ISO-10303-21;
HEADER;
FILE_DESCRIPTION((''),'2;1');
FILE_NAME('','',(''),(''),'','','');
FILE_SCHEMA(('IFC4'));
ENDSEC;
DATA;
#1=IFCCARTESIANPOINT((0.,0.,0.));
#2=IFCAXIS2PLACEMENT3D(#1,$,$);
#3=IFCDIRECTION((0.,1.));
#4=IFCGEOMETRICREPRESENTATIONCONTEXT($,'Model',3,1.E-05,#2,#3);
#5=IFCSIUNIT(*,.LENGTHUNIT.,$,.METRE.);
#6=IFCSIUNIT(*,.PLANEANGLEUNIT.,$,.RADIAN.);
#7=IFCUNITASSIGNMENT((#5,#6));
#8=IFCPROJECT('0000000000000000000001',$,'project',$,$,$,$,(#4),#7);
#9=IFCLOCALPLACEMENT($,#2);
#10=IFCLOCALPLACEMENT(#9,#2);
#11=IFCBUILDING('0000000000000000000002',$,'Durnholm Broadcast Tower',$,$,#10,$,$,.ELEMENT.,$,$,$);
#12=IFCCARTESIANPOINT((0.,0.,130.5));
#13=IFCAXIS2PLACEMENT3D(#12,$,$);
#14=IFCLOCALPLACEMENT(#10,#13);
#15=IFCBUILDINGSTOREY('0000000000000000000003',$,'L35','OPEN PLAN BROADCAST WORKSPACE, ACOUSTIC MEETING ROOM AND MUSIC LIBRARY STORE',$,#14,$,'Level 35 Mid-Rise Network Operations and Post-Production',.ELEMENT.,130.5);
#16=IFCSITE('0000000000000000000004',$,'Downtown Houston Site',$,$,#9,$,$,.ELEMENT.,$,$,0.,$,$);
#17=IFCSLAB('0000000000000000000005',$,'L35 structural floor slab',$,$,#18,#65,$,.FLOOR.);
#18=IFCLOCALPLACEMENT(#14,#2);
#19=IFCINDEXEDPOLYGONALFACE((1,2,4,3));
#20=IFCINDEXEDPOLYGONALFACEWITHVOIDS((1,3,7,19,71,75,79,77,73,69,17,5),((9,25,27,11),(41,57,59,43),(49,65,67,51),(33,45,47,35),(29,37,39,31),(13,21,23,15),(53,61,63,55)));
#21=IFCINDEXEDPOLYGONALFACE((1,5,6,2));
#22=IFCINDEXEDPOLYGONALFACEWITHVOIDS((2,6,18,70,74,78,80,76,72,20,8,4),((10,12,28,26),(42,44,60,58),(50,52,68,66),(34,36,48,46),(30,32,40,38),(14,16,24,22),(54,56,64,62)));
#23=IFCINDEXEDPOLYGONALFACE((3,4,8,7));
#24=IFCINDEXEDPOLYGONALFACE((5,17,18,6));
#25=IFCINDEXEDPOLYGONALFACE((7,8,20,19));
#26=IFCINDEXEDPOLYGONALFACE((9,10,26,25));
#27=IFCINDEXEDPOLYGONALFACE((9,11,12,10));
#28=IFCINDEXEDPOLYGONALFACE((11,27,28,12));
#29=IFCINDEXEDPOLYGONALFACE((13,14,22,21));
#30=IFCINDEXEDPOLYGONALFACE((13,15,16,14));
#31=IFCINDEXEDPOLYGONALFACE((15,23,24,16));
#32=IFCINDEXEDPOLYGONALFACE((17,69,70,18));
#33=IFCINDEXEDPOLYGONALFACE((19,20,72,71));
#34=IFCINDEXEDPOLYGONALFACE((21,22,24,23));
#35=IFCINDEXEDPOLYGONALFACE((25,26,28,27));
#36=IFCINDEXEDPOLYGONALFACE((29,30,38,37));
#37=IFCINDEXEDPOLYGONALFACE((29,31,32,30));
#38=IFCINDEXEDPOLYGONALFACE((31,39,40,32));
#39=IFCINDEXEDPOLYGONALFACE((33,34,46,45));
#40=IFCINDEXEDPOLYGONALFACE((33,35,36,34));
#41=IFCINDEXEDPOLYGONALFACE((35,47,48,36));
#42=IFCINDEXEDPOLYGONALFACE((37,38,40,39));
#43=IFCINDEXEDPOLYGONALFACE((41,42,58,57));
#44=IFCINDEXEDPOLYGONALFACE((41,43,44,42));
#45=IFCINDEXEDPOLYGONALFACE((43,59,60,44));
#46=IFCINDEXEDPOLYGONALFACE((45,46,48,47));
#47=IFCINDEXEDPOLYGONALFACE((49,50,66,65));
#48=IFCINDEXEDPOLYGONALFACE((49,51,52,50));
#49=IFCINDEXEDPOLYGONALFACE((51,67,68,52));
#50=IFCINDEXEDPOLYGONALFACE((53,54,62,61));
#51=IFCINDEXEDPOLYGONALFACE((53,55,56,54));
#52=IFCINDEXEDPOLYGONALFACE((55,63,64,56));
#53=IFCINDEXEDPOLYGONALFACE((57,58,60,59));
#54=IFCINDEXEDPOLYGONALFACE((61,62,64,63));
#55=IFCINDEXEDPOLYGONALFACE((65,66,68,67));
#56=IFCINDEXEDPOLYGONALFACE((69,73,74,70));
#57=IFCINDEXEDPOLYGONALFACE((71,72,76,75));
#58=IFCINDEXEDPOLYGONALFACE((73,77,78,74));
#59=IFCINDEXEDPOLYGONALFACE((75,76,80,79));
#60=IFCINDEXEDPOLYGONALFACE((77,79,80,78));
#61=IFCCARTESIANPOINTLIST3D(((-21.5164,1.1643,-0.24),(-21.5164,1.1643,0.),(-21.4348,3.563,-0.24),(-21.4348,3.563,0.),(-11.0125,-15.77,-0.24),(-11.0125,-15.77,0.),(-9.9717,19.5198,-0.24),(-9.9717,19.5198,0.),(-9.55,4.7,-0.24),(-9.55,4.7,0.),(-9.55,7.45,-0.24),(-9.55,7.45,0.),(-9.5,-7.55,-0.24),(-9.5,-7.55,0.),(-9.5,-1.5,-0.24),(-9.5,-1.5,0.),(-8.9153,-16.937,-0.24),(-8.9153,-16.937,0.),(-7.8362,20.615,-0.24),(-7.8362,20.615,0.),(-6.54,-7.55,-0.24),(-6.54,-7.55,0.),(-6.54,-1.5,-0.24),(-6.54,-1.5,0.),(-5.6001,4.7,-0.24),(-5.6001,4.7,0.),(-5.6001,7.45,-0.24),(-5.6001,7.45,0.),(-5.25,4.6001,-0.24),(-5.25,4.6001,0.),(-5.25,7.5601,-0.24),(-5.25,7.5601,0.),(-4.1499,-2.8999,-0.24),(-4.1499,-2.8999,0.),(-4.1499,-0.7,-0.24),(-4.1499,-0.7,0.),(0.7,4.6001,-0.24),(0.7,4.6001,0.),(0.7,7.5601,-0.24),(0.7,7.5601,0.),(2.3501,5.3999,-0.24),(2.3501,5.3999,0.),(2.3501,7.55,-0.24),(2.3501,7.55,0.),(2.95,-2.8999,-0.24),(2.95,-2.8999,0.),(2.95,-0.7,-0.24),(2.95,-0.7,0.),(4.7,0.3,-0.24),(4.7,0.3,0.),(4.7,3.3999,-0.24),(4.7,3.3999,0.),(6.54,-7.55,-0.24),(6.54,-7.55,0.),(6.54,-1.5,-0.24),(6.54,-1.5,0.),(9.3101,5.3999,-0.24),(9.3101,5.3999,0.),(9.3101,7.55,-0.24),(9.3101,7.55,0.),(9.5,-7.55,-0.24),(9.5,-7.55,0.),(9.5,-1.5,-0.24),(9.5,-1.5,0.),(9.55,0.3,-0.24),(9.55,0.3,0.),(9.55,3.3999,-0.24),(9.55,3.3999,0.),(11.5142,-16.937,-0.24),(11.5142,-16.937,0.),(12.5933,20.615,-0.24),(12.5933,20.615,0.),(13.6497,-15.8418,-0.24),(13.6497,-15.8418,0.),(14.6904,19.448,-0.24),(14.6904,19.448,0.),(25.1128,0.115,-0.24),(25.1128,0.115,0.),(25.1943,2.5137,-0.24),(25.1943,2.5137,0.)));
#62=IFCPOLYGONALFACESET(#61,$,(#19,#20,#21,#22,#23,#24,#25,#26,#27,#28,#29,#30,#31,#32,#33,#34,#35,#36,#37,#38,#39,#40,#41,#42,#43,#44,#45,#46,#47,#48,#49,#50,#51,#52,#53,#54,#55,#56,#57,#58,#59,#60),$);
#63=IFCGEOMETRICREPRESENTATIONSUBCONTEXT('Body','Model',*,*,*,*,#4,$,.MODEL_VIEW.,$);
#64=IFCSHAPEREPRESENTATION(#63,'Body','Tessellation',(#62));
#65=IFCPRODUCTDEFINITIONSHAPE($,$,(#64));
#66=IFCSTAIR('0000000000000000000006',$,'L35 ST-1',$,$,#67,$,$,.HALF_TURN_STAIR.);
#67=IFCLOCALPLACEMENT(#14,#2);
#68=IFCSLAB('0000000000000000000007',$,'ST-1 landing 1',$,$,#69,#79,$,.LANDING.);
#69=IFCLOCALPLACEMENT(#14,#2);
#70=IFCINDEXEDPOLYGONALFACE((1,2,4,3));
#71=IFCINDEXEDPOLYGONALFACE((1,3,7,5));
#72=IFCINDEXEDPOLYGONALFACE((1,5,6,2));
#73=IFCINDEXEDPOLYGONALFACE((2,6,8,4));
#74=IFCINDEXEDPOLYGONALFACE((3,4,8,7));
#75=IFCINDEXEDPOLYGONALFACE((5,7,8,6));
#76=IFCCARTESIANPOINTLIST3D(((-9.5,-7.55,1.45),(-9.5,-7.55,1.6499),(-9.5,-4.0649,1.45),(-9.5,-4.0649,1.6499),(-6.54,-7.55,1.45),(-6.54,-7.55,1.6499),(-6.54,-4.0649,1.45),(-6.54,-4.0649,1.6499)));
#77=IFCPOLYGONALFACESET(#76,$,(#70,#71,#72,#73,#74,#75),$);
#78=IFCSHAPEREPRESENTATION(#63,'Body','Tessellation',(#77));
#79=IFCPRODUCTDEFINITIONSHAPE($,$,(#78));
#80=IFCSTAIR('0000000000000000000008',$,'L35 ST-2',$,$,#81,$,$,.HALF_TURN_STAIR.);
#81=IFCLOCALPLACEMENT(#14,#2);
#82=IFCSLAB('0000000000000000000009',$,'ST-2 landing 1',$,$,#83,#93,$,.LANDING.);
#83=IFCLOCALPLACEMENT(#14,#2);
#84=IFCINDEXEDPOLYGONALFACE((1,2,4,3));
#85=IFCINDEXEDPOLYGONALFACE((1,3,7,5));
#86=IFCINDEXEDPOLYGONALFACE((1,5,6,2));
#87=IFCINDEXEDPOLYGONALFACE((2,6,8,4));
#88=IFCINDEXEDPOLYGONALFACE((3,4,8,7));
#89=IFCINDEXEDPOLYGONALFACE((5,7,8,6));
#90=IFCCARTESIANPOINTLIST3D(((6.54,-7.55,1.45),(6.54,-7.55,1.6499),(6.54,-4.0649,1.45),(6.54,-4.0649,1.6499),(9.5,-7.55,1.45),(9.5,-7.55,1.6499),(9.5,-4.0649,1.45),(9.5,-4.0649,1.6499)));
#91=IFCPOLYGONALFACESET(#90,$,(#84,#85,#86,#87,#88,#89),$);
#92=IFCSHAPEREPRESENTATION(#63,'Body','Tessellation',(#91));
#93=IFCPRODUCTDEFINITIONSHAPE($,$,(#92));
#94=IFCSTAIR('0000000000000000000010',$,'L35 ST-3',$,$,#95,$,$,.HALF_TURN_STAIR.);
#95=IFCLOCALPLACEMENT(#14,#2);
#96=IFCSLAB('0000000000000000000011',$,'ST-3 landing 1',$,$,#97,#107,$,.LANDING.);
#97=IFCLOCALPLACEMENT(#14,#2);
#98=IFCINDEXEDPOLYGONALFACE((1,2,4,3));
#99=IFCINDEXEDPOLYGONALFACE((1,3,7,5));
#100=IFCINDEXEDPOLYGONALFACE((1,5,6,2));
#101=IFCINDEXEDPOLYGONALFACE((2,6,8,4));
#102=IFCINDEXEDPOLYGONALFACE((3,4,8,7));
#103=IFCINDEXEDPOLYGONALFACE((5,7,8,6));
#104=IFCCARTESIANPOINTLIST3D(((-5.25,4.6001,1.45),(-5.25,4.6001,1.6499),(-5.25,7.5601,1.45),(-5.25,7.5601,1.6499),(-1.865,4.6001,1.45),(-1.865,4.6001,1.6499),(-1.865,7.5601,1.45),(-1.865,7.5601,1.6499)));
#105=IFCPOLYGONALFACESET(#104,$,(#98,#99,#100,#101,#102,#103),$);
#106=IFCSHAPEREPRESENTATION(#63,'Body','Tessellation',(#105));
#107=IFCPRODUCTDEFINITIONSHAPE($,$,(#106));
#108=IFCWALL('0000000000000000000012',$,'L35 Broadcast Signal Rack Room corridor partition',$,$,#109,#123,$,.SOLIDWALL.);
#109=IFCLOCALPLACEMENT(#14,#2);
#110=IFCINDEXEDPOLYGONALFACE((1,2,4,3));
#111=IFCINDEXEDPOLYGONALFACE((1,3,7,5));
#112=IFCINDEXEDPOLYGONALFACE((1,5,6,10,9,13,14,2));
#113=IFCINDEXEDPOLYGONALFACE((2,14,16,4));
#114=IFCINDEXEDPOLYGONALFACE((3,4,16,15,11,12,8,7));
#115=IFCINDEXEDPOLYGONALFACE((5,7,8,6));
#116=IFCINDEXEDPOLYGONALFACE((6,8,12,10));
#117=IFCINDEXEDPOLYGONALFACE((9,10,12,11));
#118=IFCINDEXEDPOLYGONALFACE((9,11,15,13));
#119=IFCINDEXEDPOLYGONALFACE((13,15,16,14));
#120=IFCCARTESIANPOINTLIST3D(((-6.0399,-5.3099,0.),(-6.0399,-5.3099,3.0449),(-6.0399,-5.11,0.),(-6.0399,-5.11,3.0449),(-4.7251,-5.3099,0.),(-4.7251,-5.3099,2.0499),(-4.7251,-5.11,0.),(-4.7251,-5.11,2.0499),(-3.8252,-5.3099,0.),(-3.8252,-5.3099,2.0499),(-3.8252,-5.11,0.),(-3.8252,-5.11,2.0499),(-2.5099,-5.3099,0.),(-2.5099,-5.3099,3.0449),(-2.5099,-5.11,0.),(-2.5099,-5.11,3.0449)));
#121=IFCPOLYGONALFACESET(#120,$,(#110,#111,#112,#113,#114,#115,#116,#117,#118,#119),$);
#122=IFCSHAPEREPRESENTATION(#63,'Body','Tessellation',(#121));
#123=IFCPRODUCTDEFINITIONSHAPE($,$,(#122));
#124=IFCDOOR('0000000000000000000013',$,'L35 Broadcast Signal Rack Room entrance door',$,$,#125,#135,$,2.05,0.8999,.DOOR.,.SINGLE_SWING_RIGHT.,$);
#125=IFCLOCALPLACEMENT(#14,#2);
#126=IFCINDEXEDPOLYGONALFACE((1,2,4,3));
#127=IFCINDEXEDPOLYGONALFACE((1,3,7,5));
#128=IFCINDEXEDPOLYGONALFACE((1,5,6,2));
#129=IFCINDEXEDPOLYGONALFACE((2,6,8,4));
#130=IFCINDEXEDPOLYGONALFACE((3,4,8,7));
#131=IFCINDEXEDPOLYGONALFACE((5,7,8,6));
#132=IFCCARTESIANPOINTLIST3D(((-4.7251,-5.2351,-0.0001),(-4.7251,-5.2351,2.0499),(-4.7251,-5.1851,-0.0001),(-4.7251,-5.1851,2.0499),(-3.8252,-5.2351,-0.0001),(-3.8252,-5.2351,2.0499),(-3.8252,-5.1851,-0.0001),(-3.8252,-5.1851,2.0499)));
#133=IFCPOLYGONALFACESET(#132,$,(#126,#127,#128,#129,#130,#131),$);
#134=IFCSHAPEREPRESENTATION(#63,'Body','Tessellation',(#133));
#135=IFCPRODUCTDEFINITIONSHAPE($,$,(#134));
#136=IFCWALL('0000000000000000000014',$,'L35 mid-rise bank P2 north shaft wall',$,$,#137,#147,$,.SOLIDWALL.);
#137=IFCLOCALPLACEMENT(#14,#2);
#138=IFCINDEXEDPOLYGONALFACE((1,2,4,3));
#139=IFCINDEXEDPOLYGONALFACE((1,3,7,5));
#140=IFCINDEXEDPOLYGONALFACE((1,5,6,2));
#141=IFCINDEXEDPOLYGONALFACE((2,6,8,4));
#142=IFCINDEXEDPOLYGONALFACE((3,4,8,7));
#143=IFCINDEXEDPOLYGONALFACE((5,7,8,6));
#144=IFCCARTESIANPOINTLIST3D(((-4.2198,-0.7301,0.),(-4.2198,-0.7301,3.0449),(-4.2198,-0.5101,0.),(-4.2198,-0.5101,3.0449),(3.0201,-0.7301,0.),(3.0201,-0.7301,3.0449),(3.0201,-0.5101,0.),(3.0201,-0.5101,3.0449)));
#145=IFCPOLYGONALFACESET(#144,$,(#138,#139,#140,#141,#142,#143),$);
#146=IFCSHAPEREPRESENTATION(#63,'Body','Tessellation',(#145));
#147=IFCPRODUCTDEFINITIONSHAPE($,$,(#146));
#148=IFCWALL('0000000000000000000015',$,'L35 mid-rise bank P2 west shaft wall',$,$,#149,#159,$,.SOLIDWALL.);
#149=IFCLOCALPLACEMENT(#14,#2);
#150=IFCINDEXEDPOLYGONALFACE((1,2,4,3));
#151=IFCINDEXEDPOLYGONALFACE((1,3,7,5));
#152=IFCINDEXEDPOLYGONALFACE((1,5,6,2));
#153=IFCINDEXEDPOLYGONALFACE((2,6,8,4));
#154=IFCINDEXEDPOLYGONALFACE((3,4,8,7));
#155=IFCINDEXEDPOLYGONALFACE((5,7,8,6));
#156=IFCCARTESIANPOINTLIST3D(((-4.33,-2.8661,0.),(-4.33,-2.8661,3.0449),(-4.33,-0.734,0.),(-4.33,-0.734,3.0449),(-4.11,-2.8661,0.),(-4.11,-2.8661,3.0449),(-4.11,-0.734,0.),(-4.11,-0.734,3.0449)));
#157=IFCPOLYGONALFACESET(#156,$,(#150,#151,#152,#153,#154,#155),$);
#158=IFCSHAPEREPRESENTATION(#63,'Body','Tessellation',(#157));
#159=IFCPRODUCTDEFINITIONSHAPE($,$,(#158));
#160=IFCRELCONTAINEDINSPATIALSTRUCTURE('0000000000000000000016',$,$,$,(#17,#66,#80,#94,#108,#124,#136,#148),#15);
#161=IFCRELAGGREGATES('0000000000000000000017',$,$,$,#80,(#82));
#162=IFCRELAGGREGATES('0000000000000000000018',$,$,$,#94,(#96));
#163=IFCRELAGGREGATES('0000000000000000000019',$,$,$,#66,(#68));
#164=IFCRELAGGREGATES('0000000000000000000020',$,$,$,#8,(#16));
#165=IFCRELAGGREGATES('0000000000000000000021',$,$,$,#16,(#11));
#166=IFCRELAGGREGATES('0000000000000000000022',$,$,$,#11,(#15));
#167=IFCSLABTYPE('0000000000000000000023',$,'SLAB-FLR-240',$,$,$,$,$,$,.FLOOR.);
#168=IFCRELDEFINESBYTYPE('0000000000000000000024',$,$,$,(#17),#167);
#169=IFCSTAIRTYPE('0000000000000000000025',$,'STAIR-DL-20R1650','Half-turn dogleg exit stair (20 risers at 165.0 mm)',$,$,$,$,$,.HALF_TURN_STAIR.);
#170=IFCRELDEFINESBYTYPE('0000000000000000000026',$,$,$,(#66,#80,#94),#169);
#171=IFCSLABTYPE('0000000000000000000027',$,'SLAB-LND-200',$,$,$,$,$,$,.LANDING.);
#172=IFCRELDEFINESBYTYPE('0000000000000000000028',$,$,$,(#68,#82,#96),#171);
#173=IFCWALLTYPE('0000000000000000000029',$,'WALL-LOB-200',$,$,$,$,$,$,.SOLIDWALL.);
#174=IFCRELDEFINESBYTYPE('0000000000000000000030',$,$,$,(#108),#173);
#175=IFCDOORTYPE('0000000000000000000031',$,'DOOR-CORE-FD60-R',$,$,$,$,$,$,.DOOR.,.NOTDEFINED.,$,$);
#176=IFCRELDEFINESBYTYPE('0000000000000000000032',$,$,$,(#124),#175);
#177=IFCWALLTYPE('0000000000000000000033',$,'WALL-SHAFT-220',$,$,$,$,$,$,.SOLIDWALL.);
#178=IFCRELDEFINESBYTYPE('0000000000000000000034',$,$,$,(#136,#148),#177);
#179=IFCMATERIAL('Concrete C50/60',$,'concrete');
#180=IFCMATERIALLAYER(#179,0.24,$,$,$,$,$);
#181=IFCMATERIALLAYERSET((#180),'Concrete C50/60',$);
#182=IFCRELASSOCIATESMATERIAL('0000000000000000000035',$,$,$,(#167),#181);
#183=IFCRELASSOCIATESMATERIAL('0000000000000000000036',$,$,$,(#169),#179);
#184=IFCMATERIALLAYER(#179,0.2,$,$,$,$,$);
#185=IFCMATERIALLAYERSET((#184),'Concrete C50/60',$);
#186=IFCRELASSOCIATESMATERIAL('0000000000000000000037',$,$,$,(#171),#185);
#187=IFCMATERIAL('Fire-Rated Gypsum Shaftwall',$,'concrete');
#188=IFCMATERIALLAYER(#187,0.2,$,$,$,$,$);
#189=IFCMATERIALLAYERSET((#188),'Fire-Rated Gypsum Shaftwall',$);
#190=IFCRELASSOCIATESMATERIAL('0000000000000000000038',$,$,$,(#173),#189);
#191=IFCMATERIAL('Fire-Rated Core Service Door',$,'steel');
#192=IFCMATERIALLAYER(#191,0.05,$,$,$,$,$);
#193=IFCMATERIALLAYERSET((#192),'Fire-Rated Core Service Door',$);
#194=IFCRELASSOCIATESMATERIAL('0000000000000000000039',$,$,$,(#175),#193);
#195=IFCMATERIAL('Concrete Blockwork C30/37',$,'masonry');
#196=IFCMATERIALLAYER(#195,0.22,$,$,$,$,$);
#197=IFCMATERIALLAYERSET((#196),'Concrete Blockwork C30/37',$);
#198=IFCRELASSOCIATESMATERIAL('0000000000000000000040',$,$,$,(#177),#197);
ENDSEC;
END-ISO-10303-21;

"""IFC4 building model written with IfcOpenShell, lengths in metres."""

from ifc_helpers import new_model, si_unit, direction, frame, frame_2d, origin, place, context, subcontext, project, spatial, polyline, rectangle, outline, extrude, source, transform, mapped, material, layer, layer_set, type_object, type_shapes, element, fill, aggregate, save


model = new_model("IFC4")

# Units and contexts
model_context = context("Model", 3, precision=1e-05, world=origin(), true_north=direction((0.0, 1.0)))
body_context = subcontext(model_context, "Body", "Model", "MODEL_VIEW")
ifc_project = project(units=[si_unit("LENGTHUNIT", "METRE"), si_unit("PLANEANGLEUNIT", "RADIAN")], contexts=[model_context])

# Site, building, storey
site_placement = place(None, origin())
site = spatial("IfcSite", under=ifc_project, at=site_placement, Name="Downtown Houston Site", CompositionType="ELEMENT", RefElevation=0.0)
building_placement = place(site_placement, origin())
building = spatial("IfcBuilding", under=site, at=building_placement, Name="Durnholm Broadcast Tower", CompositionType="ELEMENT")
storey_placement = place(building_placement, frame((0.0, 0.0, 130.5)))
storey = spatial("IfcBuildingStorey", under=building, at=storey_placement, Name="L35", Description="OPEN PLAN BROADCAST WORKSPACE, ACOUSTIC MEETING ROOM AND MUSIC LIBRARY STORE", LongName="Level 35 Mid-Rise Network Operations and Post-Production", CompositionType="ELEMENT", Elevation=130.5)

# Slab
ifc_material_1 = material(Name="Concrete C50/60", Category="concrete")
ifc_layer_1 = layer(ifc_material_1, 0.24)
ifc_layer_set_1 = layer_set([ifc_layer_1], Name="Concrete C50/60")
slab_type_1 = type_object("IfcSlabType", Name="SLAB-FLR-240", PredefinedType="FLOOR", material=ifc_layer_set_1)
slab_1_placement = place(storey_placement, frame((0.0, 0.0, -0.24)))
element("IfcSlab", 1, at=slab_1_placement, inside=storey, type_object=slab_type_1, Name="L35 structural floor slab", PredefinedType="FLOOR", context=body_context, shape_type="SweptSolid", body=[
    extrude(outline(polyline([(-11.0125, -15.77), (-8.9153, -16.937), (11.5142, -16.937), (13.6497, -15.8418), (25.1128, 0.115), (25.1943, 2.5137), (14.6904, 19.448), (12.5933, 20.615), (-7.8362, 20.615), (-9.9717, 19.5198), (-21.4348, 3.563), (-21.5164, 1.1643), (-11.0125, -15.77)]), holes=[polyline([(-6.54, -1.5), (-9.5, -1.5), (-9.5, -7.55), (-6.54, -7.55), (-6.54, -1.5)]), polyline([(9.5, -7.55), (9.5, -1.5), (6.54, -1.5), (6.54, -7.55), (9.5, -7.55)]), polyline([(2.95, -0.7), (-4.1499, -0.7), (-4.1499, -2.8999), (2.95, -2.8999), (2.95, -0.7)]), polyline([(9.55, 3.3999), (4.7, 3.3999), (4.7, 0.3), (9.55, 0.3), (9.55, 3.3999)]), polyline([(-5.6001, 7.45), (-9.55, 7.45), (-9.55, 4.7), (-5.6001, 4.7), (-5.6001, 7.45)]), polyline([(-5.25, 4.6001), (0.7, 4.6001), (0.7, 7.5601), (-5.25, 7.5601), (-5.25, 4.6001)]), polyline([(9.3101, 7.55), (2.3501, 7.55), (2.3501, 5.3999), (9.3101, 5.3999), (9.3101, 7.55)])]), origin(), (0.0, 0.0, 1.0), 0.24),
])

# Stairs, slabs
stair_type = type_object("IfcStairType", Name="STAIR-DL-20R1650", Description="Half-turn dogleg exit stair (20 risers at 165.0 mm)", PredefinedType="HALF_TURN_STAIR", material=ifc_material_1)
stair_1_placement = place(storey_placement, origin())
stair_1 = element("IfcStair", 2, at=stair_1_placement, inside=storey, type_object=stair_type, Name="L35 ST-1", PredefinedType="HALF_TURN_STAIR")
ifc_layer_2 = layer(ifc_material_1, 0.2)
ifc_layer_set_2 = layer_set([ifc_layer_2], Name="Concrete C50/60")
slab_type_2 = type_object("IfcSlabType", Name="SLAB-LND-200", PredefinedType="LANDING", material=ifc_layer_set_2)
slab_2_placement = place(storey_placement, frame((0.0, 0.0, 1.45)))
slab_2 = element("IfcSlab", 3, at=slab_2_placement, type_object=slab_type_2, Name="ST-1 landing 1", PredefinedType="LANDING", context=body_context, shape_type="SweptSolid", body=[
    extrude(outline(polyline([(-9.5, -4.0649), (-9.5, -7.55), (-6.54, -7.55), (-6.54, -4.0649), (-9.5, -4.0649)])), origin(), (0.0, 0.0, 1.0), 0.2),
])
stair_2_placement = place(storey_placement, origin())
stair_2 = element("IfcStair", 4, at=stair_2_placement, inside=storey, type_object=stair_type, Name="L35 ST-2", PredefinedType="HALF_TURN_STAIR")
slab_3_placement = place(storey_placement, frame((0.0, 0.0, 1.45)))
slab_3 = element("IfcSlab", 5, at=slab_3_placement, type_object=slab_type_2, Name="ST-2 landing 1", PredefinedType="LANDING", context=body_context, shape_type="SweptSolid", body=[
    extrude(outline(polyline([(6.54, -4.0649), (6.54, -7.55), (9.5, -7.55), (9.5, -4.0649), (6.54, -4.0649)])), origin(), (0.0, 0.0, 1.0), 0.2),
])
aggregate(stair_2, [slab_3])
stair_3_placement = place(storey_placement, origin())
stair_3 = element("IfcStair", 6, at=stair_3_placement, inside=storey, type_object=stair_type, Name="L35 ST-3", PredefinedType="HALF_TURN_STAIR")
slab_4_placement = place(storey_placement, frame((0.0, 0.0, 1.45)))
slab_4 = element("IfcSlab", 7, at=slab_4_placement, type_object=slab_type_2, Name="ST-3 landing 1", PredefinedType="LANDING", context=body_context, shape_type="SweptSolid", body=[
    extrude(outline(polyline([(-1.865, 7.5601), (-5.25, 7.5601), (-5.25, 4.6001), (-1.865, 4.6001), (-1.865, 7.5601)])), origin(), (0.0, 0.0, 1.0), 0.2),
])
aggregate(stair_3, [slab_4])

# Wall, opening, door
ifc_material_2 = material(Name="Fire-Rated Gypsum Shaftwall", Category="concrete")
ifc_layer_3 = layer(ifc_material_2, 0.2)
ifc_layer_set_3 = layer_set([ifc_layer_3], Name="Fire-Rated Gypsum Shaftwall")
wall_type_1 = type_object("IfcWallType", Name="WALL-LOB-200", PredefinedType="SOLIDWALL", material=ifc_layer_set_3)
wall_1_placement = place(storey_placement, frame((-6.04, -5.21, 0.0), z_axis=(0.0, 0.0, 1.0), x_axis=(1.0, 0.0, 0.0)))
wall_1 = element("IfcWall", 8, at=wall_1_placement, inside=storey, type_object=wall_type_1, Name="L35 Broadcast Signal Rack Room corridor partition", PredefinedType="SOLIDWALL", context=body_context, shape_type="SweptSolid", body=[
    extrude(rectangle(XDim=3.53, YDim=0.2, at=frame_2d((1.7651, 0.0))), origin(), (0.0, 0.0, 1.0), 3.0449),
])
opening_1_placement = place(wall_1_placement, frame((1.3149, 0.0, 0.0)))
opening_1 = element("IfcOpeningElement", 9, at=opening_1_placement, cuts=wall_1, PredefinedType="OPENING", context=body_context, shape_type="SweptSolid", body=[
    extrude(rectangle(XDim=0.8999, YDim=2.05, at=frame_2d((0.45, 1.0249))), frame((0.0, 0.1099, 0.0), z_axis=(0.0, -1.0, 0.0), x_axis=(1.0, 0.0, 0.0)), (0.0, 0.0, 1.0), 0.22),
])
ifc_material_3 = material(Name="Fire-Rated Core Service Door", Category="steel")
ifc_layer_4 = layer(ifc_material_3, 0.05)
ifc_layer_set_4 = layer_set([ifc_layer_4], Name="Fire-Rated Core Service Door")
door_type_1 = type_object("IfcDoorType", Name="DOOR-CORE-FD60-R", OperationType="NOTDEFINED", PredefinedType="DOOR", material=ifc_layer_set_4)
shared_shape_1 = source(origin(), body_context, "Body", "SweptSolid", [
    extrude(rectangle(XDim=0.8999, YDim=2.05, at=frame_2d((0.45, 1.0249))), frame((0.0, 0.0249, 0.0), z_axis=(0.0, -1.0, 0.0), x_axis=(1.0, 0.0, 0.0)), (0.0, 0.0, 1.0), 0.05),
])
type_shapes(door_type_1, [shared_shape_1])
door_1_placement = place(opening_1_placement, origin())
door_1 = element("IfcDoor", 10, at=door_1_placement, inside=storey, type_object=door_type_1, Name="L35 Broadcast Signal Rack Room entrance door", OperationType="SINGLE_SWING_RIGHT", OverallHeight=2.05, OverallWidth=0.8999, PredefinedType="DOOR", context=body_context, shape_type="MappedRepresentation", body=[
    mapped(shared_shape_1, transform((0.0, 0.0, 0.0), x_axis=(1.0, 0.0, 0.0), y_axis=(0.0, 1.0, 0.0), z_axis=(0.0, 0.0, 1.0), scale=1.0)),
])
fill(opening_1, door_1)

# Shared definitions
ifc_material_4 = material(Name="Concrete Blockwork C30/37", Category="masonry")
ifc_layer_5 = layer(ifc_material_4, 0.22)
ifc_layer_set_5 = layer_set([ifc_layer_5], Name="Concrete Blockwork C30/37")
wall_type_2 = type_object("IfcWallType", Name="WALL-SHAFT-220", PredefinedType="SOLIDWALL", material=ifc_layer_set_5)

# Walls
wall_2_placement = place(storey_placement, frame((-4.22, -0.6201, 0.0), z_axis=(0.0, 0.0, 1.0), x_axis=(1.0, 0.0, 0.0)))
element("IfcWall", 11, at=wall_2_placement, inside=storey, type_object=wall_type_2, Name="L35 mid-rise bank P2 north shaft wall", PredefinedType="SOLIDWALL", context=body_context, shape_type="SweptSolid", body=[
    extrude(rectangle(XDim=7.24, YDim=0.22, at=frame_2d((3.6201, 0.0))), origin(), (0.0, 0.0, 1.0), 3.0449),
])
wall_3_placement = place(storey_placement, frame((-4.22, -2.866, 0.0), z_axis=(0.0, 0.0, 1.0), x_axis=(0.0, 1.0, 0.0)))
element("IfcWall", 12, at=wall_3_placement, inside=storey, type_object=wall_type_2, Name="L35 mid-rise bank P2 west shaft wall", PredefinedType="SOLIDWALL", context=body_context, shape_type="SweptSolid", body=[
    extrude(rectangle(XDim=2.1321, YDim=0.22, at=frame_2d((1.0659, 0.0))), origin(), (0.0, 0.0, 1.0), 3.0449),
])

aggregate(stair_1, [slab_2])

save(model, "model.ifc")
